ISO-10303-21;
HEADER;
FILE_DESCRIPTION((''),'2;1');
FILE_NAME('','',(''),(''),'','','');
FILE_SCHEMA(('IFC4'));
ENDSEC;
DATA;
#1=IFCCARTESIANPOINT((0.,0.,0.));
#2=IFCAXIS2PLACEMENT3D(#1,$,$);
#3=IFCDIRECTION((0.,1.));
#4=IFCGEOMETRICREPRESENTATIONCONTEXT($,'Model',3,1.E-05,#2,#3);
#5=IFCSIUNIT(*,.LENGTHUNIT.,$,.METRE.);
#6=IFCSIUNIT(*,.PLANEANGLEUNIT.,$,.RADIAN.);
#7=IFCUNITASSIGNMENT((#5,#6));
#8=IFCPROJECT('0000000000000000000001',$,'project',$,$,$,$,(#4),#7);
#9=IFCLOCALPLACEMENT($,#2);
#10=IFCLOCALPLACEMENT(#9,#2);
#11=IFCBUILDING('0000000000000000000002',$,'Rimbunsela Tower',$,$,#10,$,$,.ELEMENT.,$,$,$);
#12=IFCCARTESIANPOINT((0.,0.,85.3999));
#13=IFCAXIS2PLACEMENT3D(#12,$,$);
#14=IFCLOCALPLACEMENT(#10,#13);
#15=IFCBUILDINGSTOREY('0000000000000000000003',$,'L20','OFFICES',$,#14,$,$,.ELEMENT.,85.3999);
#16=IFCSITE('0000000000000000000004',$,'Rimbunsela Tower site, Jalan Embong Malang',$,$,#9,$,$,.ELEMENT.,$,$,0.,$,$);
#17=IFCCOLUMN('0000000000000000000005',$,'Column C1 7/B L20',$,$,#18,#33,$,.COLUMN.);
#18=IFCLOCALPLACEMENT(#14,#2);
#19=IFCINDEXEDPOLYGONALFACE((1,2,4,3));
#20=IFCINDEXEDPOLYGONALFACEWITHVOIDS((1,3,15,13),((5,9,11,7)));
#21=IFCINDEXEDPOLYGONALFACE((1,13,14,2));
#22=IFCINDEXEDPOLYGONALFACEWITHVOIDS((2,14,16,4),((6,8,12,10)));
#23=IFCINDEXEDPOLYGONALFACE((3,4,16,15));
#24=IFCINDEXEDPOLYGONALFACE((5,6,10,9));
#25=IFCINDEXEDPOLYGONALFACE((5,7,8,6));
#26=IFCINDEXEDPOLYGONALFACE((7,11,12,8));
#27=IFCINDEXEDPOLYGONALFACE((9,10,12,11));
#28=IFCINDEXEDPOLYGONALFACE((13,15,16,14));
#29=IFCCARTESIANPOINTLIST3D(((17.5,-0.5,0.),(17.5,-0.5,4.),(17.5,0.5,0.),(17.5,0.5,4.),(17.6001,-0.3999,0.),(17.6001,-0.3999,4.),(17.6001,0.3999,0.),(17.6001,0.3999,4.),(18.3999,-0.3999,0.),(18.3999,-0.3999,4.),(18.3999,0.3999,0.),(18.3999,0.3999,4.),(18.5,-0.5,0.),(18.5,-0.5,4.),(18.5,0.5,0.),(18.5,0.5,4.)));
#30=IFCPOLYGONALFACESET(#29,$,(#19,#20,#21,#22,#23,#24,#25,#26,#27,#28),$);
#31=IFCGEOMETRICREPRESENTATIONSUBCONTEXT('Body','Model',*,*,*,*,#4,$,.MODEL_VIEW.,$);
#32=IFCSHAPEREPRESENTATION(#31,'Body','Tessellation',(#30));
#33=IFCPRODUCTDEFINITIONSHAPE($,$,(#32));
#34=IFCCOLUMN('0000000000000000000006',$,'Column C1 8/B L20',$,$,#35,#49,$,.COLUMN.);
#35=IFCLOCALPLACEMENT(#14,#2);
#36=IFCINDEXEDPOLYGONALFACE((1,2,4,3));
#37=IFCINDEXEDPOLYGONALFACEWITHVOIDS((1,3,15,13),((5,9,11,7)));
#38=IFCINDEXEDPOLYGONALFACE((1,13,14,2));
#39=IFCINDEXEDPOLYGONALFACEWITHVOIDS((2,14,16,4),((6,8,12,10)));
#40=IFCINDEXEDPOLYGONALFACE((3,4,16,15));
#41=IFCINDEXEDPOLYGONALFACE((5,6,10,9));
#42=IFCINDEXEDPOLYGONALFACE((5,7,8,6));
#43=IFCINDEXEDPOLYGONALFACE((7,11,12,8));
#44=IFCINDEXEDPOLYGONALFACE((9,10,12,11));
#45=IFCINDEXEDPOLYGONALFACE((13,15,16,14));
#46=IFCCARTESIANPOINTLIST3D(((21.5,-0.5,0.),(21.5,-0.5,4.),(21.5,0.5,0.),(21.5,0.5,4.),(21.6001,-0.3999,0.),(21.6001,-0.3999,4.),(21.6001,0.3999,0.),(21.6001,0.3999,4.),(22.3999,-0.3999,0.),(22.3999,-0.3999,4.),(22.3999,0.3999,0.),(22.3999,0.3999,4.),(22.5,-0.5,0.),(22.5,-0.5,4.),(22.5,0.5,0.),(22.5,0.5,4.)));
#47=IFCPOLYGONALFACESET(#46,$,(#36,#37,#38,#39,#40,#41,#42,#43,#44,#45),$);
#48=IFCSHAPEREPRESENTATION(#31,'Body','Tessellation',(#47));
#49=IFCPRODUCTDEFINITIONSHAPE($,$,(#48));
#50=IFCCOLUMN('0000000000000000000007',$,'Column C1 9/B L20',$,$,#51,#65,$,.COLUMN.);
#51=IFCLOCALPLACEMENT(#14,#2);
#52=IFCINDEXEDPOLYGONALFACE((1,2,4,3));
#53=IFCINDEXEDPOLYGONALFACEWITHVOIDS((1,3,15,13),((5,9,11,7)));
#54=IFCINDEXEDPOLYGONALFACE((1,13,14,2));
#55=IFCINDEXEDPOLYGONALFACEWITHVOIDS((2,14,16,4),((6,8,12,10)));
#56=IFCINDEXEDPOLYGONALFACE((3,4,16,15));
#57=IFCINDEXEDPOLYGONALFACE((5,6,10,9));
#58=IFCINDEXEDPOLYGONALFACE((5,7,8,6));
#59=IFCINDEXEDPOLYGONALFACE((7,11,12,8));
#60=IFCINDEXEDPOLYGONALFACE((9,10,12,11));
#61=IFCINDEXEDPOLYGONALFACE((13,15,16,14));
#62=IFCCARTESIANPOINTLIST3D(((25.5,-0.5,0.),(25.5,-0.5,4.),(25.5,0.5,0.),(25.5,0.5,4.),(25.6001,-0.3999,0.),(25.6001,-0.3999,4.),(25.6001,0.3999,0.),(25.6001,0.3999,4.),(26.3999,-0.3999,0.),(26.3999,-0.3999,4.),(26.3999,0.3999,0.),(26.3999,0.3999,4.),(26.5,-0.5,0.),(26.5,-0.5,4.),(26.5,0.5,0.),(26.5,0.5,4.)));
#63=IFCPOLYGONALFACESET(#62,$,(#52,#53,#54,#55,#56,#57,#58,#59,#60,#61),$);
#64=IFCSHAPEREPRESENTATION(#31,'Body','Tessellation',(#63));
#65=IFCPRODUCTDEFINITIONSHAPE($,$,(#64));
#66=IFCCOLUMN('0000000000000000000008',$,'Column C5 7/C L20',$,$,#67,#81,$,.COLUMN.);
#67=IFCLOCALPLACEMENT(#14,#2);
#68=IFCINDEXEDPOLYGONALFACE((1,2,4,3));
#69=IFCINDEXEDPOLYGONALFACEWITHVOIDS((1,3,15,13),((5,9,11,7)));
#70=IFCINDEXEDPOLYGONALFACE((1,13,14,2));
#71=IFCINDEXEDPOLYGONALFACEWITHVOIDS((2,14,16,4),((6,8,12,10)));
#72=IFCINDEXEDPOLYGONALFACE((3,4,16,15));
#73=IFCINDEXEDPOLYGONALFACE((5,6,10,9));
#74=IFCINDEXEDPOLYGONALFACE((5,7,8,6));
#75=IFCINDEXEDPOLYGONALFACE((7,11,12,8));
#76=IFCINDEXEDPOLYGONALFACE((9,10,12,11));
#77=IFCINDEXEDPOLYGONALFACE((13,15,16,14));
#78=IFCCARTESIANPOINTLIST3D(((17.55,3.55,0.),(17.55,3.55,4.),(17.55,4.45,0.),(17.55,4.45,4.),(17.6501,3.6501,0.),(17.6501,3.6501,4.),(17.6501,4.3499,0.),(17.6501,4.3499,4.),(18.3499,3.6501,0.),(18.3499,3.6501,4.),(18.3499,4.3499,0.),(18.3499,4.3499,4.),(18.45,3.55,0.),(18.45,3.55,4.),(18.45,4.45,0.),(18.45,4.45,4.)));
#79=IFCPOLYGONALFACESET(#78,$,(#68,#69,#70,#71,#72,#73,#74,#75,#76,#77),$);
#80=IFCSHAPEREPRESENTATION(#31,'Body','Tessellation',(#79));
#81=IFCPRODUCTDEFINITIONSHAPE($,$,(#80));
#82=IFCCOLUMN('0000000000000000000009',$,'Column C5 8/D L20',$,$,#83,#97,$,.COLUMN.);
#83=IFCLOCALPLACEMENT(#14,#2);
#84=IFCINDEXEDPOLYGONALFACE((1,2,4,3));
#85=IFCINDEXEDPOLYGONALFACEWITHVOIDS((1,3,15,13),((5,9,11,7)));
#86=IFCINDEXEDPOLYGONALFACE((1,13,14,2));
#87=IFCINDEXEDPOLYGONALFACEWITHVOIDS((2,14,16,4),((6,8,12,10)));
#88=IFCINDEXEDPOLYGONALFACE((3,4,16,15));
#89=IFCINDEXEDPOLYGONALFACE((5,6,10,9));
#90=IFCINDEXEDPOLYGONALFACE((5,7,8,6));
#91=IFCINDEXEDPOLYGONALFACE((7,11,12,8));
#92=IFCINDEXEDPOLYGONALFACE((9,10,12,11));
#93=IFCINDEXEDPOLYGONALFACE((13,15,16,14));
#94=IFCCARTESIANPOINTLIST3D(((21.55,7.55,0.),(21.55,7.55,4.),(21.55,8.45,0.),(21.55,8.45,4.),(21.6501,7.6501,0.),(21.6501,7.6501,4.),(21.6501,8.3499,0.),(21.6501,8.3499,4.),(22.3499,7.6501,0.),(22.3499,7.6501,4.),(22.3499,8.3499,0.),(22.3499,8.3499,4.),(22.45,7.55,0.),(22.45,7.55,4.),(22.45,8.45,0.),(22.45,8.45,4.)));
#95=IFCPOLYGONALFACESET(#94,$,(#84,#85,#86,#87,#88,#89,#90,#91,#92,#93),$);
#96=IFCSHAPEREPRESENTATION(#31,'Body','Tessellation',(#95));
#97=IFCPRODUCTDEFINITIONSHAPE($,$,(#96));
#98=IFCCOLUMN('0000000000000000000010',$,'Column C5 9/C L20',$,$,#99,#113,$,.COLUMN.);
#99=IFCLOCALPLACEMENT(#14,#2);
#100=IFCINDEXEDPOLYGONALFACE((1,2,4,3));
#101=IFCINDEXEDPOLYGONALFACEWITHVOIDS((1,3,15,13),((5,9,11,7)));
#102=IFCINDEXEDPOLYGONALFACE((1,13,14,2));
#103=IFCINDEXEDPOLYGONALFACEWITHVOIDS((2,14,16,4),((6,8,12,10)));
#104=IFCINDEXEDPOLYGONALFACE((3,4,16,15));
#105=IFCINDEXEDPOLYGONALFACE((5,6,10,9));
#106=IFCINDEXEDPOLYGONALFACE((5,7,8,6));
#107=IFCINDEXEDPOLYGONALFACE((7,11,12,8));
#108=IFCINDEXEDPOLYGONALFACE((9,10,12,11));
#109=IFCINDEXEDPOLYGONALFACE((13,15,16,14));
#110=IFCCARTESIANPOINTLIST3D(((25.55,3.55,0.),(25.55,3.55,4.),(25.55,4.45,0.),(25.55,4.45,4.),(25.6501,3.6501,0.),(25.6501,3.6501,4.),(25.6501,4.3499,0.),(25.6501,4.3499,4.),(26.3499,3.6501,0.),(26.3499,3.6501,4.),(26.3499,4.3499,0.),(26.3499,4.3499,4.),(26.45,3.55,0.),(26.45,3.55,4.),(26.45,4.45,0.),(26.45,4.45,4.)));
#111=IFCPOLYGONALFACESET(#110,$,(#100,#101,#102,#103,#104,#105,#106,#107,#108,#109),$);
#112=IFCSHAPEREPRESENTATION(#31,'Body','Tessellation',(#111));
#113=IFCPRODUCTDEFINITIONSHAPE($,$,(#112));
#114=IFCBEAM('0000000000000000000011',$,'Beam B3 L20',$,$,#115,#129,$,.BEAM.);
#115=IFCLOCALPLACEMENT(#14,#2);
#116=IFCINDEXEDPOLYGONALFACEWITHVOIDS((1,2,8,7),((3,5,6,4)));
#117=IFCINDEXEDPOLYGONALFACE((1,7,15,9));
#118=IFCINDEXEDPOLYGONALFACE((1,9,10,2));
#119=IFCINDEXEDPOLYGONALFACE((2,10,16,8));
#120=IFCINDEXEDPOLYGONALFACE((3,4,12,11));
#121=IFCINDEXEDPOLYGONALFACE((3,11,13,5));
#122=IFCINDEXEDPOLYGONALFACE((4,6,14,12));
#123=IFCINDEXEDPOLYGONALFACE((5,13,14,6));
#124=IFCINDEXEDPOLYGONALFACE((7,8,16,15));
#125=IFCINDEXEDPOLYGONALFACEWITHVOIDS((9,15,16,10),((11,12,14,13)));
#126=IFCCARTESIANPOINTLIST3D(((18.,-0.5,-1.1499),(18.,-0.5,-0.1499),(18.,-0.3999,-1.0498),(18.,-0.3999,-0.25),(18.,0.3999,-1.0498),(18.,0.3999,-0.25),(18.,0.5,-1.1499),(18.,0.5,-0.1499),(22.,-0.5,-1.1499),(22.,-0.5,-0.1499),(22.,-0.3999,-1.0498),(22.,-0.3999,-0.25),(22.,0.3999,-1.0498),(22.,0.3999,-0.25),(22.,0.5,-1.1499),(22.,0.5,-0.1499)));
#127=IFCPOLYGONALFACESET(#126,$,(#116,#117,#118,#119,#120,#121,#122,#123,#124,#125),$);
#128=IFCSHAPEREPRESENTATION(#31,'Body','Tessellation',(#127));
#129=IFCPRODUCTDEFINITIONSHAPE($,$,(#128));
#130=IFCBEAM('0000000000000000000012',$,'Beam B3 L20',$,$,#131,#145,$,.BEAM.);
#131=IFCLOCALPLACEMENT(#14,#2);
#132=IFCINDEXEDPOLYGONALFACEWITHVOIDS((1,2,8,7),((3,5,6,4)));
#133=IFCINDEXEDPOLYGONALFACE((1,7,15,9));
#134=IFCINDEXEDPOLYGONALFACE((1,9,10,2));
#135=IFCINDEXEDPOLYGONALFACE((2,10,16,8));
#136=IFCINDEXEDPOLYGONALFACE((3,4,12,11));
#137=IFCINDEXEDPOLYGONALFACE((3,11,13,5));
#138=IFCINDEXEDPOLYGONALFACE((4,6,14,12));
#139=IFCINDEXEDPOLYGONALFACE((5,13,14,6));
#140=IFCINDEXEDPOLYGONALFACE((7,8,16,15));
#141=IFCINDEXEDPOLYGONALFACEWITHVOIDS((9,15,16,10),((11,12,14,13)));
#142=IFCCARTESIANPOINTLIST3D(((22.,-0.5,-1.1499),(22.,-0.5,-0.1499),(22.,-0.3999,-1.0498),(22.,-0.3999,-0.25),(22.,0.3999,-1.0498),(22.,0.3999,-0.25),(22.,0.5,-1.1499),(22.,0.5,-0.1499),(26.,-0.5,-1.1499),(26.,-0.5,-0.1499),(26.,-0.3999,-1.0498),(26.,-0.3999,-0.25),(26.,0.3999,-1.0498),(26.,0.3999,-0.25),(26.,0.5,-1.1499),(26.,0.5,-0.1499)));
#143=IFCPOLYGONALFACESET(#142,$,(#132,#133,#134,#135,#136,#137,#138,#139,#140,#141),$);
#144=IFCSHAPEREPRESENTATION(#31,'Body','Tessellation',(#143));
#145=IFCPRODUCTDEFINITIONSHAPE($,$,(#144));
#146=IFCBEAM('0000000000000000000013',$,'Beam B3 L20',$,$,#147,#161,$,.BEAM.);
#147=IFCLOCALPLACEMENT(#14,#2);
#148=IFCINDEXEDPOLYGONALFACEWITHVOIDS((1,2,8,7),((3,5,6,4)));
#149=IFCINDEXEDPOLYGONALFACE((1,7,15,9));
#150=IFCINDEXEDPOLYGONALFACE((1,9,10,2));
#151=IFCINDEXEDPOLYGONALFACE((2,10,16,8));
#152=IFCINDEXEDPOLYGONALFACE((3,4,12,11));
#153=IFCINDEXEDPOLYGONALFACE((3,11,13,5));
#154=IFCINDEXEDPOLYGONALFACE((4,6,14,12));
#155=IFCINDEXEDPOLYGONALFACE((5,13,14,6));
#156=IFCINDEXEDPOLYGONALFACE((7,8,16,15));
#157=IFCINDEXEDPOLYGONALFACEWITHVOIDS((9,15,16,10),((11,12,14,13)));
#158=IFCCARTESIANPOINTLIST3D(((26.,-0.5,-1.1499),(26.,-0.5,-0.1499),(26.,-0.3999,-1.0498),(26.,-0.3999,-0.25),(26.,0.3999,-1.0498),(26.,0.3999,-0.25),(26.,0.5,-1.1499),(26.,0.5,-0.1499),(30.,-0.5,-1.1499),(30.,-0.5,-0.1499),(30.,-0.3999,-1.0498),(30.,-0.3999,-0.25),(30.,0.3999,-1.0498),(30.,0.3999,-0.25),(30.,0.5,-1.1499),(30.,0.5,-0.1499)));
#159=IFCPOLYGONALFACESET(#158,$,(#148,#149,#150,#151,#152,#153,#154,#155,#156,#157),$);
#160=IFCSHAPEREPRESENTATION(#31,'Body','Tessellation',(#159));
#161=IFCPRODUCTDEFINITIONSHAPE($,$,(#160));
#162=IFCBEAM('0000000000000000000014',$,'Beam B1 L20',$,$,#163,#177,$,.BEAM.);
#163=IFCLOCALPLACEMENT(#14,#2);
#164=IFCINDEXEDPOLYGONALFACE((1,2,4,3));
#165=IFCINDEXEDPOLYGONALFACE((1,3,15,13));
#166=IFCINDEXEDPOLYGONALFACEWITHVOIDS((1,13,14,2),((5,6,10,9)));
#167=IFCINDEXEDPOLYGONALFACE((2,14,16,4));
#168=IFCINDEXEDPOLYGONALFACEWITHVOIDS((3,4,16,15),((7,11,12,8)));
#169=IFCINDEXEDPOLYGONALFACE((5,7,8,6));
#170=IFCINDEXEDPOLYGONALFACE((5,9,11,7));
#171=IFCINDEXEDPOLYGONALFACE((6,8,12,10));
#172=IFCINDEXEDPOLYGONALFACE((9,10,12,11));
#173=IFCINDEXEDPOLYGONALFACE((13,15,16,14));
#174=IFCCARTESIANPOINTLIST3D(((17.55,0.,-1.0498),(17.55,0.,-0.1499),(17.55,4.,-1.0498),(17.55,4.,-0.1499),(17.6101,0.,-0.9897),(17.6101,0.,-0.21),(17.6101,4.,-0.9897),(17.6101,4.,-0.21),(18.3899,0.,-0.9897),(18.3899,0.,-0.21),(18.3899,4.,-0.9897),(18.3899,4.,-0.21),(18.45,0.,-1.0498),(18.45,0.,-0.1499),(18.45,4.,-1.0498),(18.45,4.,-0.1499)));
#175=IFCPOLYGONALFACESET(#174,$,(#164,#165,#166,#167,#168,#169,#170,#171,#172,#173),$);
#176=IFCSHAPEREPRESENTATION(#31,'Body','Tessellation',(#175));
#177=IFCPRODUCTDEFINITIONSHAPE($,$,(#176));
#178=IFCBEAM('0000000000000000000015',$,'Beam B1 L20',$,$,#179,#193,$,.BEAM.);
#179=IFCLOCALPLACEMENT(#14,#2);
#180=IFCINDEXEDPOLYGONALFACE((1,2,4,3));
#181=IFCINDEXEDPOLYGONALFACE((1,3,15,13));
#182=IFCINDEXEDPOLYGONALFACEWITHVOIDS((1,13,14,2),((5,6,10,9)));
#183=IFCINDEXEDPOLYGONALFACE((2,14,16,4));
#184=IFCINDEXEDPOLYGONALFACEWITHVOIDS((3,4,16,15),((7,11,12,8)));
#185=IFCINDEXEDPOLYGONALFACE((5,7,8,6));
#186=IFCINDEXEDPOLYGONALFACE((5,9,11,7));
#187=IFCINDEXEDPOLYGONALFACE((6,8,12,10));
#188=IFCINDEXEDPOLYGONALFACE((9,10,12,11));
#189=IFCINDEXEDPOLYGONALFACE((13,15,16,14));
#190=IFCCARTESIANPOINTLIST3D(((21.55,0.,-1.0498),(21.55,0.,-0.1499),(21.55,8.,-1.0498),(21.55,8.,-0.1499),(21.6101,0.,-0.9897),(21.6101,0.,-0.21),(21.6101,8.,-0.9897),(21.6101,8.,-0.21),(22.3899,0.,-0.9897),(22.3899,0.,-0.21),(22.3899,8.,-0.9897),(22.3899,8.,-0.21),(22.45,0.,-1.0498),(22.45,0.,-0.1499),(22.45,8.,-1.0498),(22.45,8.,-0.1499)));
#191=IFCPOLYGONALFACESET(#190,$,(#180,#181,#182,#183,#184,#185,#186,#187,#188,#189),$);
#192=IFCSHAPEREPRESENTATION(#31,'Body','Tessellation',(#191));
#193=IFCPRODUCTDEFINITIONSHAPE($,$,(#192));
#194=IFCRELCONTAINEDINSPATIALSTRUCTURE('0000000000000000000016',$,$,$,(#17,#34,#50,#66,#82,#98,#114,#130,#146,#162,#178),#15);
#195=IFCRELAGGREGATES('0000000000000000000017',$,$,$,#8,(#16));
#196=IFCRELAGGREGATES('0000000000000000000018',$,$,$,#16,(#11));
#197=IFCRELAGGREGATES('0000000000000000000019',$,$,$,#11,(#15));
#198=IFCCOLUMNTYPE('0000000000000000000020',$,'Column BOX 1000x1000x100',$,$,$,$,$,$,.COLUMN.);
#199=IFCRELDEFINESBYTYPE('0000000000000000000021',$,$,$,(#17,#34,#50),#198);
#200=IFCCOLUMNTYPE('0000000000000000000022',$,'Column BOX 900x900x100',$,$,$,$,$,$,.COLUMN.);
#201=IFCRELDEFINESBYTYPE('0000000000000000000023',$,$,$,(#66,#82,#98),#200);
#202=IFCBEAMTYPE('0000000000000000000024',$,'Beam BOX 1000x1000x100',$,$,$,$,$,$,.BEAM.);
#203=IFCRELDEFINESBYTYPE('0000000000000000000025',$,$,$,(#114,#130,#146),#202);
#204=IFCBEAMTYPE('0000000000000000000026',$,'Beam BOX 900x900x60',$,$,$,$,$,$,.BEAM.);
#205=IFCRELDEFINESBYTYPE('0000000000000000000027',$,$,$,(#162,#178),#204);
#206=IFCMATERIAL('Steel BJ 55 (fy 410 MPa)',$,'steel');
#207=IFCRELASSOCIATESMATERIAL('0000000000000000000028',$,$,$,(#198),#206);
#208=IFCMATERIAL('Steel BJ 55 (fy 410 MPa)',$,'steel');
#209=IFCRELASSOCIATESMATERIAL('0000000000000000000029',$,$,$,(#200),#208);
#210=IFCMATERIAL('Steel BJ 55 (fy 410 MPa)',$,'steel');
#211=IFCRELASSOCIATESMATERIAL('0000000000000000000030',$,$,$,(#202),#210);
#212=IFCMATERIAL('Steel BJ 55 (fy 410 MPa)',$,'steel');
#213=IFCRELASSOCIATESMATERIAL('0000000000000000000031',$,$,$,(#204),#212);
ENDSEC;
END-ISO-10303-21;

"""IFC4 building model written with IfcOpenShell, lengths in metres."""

from ifc_helpers import new_model, si_unit, direction, frame, origin, origin_2d, place, context, subcontext, project, spatial, hollow_rectangle, extrude, material, material_profile, profile_set, type_object, element, save


model = new_model("IFC4")

# Units and contexts
model_context = context("Model", 3, precision=1e-05, world=origin(), true_north=direction((0.0, 1.0)))
body_context = subcontext(model_context, "Body", "Model", "MODEL_VIEW")
ifc_project = project(units=[si_unit("LENGTHUNIT", "METRE"), si_unit("PLANEANGLEUNIT", "RADIAN")], contexts=[model_context])

# Site, building, storey
site_placement = place(None, origin())
site = spatial("IfcSite", under=ifc_project, at=site_placement, Name="Rimbunsela Tower site, Jalan Embong Malang", CompositionType="ELEMENT", RefElevation=0.0)
building_placement = place(site_placement, origin())
building = spatial("IfcBuilding", under=site, at=building_placement, Name="Rimbunsela Tower", CompositionType="ELEMENT")
storey_placement = place(building_placement, frame((0.0, 0.0, 85.3999)))
storey = spatial("IfcBuildingStorey", under=building, at=storey_placement, Name="L20", Description="OFFICES", CompositionType="ELEMENT", Elevation=85.3999)

# Columns
ifc_material_1 = material(Name="Steel BJ 55 (fy 410 MPa)", Category="steel")
ifc_material_profile_1 = material_profile(ifc_material_1, hollow_rectangle(XDim=1.0, YDim=1.0, WallThickness=0.1001, at=origin_2d()), Name="BOX 1000x1000x100")
ifc_profile_set_1 = profile_set([ifc_material_profile_1], Name="Steel BJ 55 (fy 410 MPa)")
column_type_1 = type_object("IfcColumnType", Name="Column BOX 1000x1000x100", PredefinedType="COLUMN", material=ifc_profile_set_1)
for number, where, z_axis, x_axis, name in (
    (1, (18.0, 0.0, 0.0), (0.0, 0.0, 1.0), (1.0, 0.0, 0.0), "Column C1 7/B L20"),
    (2, (22.0, 0.0, 0.0), (0.0, 0.0, 1.0), (1.0, 0.0, 0.0), "Column C1 8/B L20"),
    (3, (26.0, 0.0, 0.0), (0.0, 0.0, 1.0), (1.0, 0.0, 0.0), "Column C1 9/B L20"),
):
    element("IfcColumn", number, at=place(storey_placement, frame(where, z_axis=z_axis, x_axis=x_axis)), inside=storey, type_object=column_type_1, Name=name, PredefinedType="COLUMN", context=body_context, shape_type="SweptSolid", body=[
        extrude(hollow_rectangle(XDim=1.0, YDim=1.0, WallThickness=0.1001, at=origin_2d()), origin(), (0.0, 0.0, 1.0), 4.0),
    ])
ifc_material_2 = material(Name="Steel BJ 55 (fy 410 MPa)", Category="steel")
ifc_material_profile_2 = material_profile(ifc_material_2, hollow_rectangle(XDim=0.8999, YDim=0.8999, WallThickness=0.1001, at=origin_2d()), Name="BOX 900x900x100")
ifc_profile_set_2 = profile_set([ifc_material_profile_2], Name="Steel BJ 55 (fy 410 MPa)")
column_type_2 = type_object("IfcColumnType", Name="Column BOX 900x900x100", PredefinedType="COLUMN", material=ifc_profile_set_2)
for number, where, z_axis, x_axis, name in (
    (4, (18.0, 4.0, 0.0), (0.0, 0.0, 1.0), (1.0, 0.0, 0.0), "Column C5 7/C L20"),
    (5, (22.0, 8.0, 0.0), (0.0, 0.0, 1.0), (1.0, 0.0, 0.0), "Column C5 8/D L20"),
    (6, (26.0, 4.0, 0.0), (0.0, 0.0, 1.0), (1.0, 0.0, 0.0), "Column C5 9/C L20"),
):
    element("IfcColumn", number, at=place(storey_placement, frame(where, z_axis=z_axis, x_axis=x_axis)), inside=storey, type_object=column_type_2, Name=name, PredefinedType="COLUMN", context=body_context, shape_type="SweptSolid", body=[
        extrude(hollow_rectangle(XDim=0.8999, YDim=0.8999, WallThickness=0.1001, at=origin_2d()), origin(), (0.0, 0.0, 1.0), 4.0),
    ])

# Beams
ifc_material_3 = material(Name="Steel BJ 55 (fy 410 MPa)", Category="steel")
ifc_material_profile_3 = material_profile(ifc_material_3, hollow_rectangle(XDim=1.0, YDim=1.0, WallThickness=0.1001, at=origin_2d()), Name="BOX 1000x1000x100")
ifc_profile_set_3 = profile_set([ifc_material_profile_3], Name="Steel BJ 55 (fy 410 MPa)")
beam_type_1 = type_object("IfcBeamType", Name="Beam BOX 1000x1000x100", PredefinedType="BEAM", material=ifc_profile_set_3)
for number, where, z_axis, x_axis, name in (
    (7, (18.0, 0.0, -0.6499), (1.0, 0.0, 0.0), (0.0, 1.0, 0.0), "Beam B3 L20"),
    (8, (22.0, 0.0, -0.6499), (1.0, 0.0, 0.0), (0.0, 1.0, 0.0), "Beam B3 L20"),
    (9, (26.0, 0.0, -0.6499), (1.0, 0.0, 0.0), (0.0, 1.0, 0.0), "Beam B3 L20"),
):
    element("IfcBeam", number, at=place(storey_placement, frame(where, z_axis=z_axis, x_axis=x_axis)), inside=storey, type_object=beam_type_1, Name=name, PredefinedType="BEAM", context=body_context, shape_type="SweptSolid", body=[
        extrude(hollow_rectangle(XDim=1.0, YDim=1.0, WallThickness=0.1001, at=origin_2d()), origin(), (0.0, 0.0, 1.0), 4.0),
    ])
ifc_material_4 = material(Name="Steel BJ 55 (fy 410 MPa)", Category="steel")
ifc_material_profile_4 = material_profile(ifc_material_4, hollow_rectangle(XDim=0.8999, YDim=0.8999, WallThickness=0.0601, at=origin_2d()), Name="BOX 900x900x60")
ifc_profile_set_4 = profile_set([ifc_material_profile_4], Name="Steel BJ 55 (fy 410 MPa)")
beam_type_2 = type_object("IfcBeamType", Name="Beam BOX 900x900x60", PredefinedType="BEAM", material=ifc_profile_set_4)
beam_1_placement = place(storey_placement, frame((18.0, 0.0, -0.5999), z_axis=(0.0, 1.0, 0.0), x_axis=(-1.0, 0.0, 0.0)))
element("IfcBeam", 10, at=beam_1_placement, inside=storey, type_object=beam_type_2, Name="Beam B1 L20", PredefinedType="BEAM", context=body_context, shape_type="SweptSolid", body=[
    extrude(hollow_rectangle(XDim=0.8999, YDim=0.8999, WallThickness=0.0601, at=origin_2d()), origin(), (0.0, 0.0, 1.0), 4.0),
])
beam_2_placement = place(storey_placement, frame((22.0, 0.0, -0.5999), z_axis=(0.0, 1.0, 0.0), x_axis=(-1.0, 0.0, 0.0)))
element("IfcBeam", 11, at=beam_2_placement, inside=storey, type_object=beam_type_2, Name="Beam B1 L20", PredefinedType="BEAM", context=body_context, shape_type="SweptSolid", body=[
    extrude(hollow_rectangle(XDim=0.8999, YDim=0.8999, WallThickness=0.0601, at=origin_2d()), origin(), (0.0, 0.0, 1.0), 8.0),
])

save(model, "model.ifc")
